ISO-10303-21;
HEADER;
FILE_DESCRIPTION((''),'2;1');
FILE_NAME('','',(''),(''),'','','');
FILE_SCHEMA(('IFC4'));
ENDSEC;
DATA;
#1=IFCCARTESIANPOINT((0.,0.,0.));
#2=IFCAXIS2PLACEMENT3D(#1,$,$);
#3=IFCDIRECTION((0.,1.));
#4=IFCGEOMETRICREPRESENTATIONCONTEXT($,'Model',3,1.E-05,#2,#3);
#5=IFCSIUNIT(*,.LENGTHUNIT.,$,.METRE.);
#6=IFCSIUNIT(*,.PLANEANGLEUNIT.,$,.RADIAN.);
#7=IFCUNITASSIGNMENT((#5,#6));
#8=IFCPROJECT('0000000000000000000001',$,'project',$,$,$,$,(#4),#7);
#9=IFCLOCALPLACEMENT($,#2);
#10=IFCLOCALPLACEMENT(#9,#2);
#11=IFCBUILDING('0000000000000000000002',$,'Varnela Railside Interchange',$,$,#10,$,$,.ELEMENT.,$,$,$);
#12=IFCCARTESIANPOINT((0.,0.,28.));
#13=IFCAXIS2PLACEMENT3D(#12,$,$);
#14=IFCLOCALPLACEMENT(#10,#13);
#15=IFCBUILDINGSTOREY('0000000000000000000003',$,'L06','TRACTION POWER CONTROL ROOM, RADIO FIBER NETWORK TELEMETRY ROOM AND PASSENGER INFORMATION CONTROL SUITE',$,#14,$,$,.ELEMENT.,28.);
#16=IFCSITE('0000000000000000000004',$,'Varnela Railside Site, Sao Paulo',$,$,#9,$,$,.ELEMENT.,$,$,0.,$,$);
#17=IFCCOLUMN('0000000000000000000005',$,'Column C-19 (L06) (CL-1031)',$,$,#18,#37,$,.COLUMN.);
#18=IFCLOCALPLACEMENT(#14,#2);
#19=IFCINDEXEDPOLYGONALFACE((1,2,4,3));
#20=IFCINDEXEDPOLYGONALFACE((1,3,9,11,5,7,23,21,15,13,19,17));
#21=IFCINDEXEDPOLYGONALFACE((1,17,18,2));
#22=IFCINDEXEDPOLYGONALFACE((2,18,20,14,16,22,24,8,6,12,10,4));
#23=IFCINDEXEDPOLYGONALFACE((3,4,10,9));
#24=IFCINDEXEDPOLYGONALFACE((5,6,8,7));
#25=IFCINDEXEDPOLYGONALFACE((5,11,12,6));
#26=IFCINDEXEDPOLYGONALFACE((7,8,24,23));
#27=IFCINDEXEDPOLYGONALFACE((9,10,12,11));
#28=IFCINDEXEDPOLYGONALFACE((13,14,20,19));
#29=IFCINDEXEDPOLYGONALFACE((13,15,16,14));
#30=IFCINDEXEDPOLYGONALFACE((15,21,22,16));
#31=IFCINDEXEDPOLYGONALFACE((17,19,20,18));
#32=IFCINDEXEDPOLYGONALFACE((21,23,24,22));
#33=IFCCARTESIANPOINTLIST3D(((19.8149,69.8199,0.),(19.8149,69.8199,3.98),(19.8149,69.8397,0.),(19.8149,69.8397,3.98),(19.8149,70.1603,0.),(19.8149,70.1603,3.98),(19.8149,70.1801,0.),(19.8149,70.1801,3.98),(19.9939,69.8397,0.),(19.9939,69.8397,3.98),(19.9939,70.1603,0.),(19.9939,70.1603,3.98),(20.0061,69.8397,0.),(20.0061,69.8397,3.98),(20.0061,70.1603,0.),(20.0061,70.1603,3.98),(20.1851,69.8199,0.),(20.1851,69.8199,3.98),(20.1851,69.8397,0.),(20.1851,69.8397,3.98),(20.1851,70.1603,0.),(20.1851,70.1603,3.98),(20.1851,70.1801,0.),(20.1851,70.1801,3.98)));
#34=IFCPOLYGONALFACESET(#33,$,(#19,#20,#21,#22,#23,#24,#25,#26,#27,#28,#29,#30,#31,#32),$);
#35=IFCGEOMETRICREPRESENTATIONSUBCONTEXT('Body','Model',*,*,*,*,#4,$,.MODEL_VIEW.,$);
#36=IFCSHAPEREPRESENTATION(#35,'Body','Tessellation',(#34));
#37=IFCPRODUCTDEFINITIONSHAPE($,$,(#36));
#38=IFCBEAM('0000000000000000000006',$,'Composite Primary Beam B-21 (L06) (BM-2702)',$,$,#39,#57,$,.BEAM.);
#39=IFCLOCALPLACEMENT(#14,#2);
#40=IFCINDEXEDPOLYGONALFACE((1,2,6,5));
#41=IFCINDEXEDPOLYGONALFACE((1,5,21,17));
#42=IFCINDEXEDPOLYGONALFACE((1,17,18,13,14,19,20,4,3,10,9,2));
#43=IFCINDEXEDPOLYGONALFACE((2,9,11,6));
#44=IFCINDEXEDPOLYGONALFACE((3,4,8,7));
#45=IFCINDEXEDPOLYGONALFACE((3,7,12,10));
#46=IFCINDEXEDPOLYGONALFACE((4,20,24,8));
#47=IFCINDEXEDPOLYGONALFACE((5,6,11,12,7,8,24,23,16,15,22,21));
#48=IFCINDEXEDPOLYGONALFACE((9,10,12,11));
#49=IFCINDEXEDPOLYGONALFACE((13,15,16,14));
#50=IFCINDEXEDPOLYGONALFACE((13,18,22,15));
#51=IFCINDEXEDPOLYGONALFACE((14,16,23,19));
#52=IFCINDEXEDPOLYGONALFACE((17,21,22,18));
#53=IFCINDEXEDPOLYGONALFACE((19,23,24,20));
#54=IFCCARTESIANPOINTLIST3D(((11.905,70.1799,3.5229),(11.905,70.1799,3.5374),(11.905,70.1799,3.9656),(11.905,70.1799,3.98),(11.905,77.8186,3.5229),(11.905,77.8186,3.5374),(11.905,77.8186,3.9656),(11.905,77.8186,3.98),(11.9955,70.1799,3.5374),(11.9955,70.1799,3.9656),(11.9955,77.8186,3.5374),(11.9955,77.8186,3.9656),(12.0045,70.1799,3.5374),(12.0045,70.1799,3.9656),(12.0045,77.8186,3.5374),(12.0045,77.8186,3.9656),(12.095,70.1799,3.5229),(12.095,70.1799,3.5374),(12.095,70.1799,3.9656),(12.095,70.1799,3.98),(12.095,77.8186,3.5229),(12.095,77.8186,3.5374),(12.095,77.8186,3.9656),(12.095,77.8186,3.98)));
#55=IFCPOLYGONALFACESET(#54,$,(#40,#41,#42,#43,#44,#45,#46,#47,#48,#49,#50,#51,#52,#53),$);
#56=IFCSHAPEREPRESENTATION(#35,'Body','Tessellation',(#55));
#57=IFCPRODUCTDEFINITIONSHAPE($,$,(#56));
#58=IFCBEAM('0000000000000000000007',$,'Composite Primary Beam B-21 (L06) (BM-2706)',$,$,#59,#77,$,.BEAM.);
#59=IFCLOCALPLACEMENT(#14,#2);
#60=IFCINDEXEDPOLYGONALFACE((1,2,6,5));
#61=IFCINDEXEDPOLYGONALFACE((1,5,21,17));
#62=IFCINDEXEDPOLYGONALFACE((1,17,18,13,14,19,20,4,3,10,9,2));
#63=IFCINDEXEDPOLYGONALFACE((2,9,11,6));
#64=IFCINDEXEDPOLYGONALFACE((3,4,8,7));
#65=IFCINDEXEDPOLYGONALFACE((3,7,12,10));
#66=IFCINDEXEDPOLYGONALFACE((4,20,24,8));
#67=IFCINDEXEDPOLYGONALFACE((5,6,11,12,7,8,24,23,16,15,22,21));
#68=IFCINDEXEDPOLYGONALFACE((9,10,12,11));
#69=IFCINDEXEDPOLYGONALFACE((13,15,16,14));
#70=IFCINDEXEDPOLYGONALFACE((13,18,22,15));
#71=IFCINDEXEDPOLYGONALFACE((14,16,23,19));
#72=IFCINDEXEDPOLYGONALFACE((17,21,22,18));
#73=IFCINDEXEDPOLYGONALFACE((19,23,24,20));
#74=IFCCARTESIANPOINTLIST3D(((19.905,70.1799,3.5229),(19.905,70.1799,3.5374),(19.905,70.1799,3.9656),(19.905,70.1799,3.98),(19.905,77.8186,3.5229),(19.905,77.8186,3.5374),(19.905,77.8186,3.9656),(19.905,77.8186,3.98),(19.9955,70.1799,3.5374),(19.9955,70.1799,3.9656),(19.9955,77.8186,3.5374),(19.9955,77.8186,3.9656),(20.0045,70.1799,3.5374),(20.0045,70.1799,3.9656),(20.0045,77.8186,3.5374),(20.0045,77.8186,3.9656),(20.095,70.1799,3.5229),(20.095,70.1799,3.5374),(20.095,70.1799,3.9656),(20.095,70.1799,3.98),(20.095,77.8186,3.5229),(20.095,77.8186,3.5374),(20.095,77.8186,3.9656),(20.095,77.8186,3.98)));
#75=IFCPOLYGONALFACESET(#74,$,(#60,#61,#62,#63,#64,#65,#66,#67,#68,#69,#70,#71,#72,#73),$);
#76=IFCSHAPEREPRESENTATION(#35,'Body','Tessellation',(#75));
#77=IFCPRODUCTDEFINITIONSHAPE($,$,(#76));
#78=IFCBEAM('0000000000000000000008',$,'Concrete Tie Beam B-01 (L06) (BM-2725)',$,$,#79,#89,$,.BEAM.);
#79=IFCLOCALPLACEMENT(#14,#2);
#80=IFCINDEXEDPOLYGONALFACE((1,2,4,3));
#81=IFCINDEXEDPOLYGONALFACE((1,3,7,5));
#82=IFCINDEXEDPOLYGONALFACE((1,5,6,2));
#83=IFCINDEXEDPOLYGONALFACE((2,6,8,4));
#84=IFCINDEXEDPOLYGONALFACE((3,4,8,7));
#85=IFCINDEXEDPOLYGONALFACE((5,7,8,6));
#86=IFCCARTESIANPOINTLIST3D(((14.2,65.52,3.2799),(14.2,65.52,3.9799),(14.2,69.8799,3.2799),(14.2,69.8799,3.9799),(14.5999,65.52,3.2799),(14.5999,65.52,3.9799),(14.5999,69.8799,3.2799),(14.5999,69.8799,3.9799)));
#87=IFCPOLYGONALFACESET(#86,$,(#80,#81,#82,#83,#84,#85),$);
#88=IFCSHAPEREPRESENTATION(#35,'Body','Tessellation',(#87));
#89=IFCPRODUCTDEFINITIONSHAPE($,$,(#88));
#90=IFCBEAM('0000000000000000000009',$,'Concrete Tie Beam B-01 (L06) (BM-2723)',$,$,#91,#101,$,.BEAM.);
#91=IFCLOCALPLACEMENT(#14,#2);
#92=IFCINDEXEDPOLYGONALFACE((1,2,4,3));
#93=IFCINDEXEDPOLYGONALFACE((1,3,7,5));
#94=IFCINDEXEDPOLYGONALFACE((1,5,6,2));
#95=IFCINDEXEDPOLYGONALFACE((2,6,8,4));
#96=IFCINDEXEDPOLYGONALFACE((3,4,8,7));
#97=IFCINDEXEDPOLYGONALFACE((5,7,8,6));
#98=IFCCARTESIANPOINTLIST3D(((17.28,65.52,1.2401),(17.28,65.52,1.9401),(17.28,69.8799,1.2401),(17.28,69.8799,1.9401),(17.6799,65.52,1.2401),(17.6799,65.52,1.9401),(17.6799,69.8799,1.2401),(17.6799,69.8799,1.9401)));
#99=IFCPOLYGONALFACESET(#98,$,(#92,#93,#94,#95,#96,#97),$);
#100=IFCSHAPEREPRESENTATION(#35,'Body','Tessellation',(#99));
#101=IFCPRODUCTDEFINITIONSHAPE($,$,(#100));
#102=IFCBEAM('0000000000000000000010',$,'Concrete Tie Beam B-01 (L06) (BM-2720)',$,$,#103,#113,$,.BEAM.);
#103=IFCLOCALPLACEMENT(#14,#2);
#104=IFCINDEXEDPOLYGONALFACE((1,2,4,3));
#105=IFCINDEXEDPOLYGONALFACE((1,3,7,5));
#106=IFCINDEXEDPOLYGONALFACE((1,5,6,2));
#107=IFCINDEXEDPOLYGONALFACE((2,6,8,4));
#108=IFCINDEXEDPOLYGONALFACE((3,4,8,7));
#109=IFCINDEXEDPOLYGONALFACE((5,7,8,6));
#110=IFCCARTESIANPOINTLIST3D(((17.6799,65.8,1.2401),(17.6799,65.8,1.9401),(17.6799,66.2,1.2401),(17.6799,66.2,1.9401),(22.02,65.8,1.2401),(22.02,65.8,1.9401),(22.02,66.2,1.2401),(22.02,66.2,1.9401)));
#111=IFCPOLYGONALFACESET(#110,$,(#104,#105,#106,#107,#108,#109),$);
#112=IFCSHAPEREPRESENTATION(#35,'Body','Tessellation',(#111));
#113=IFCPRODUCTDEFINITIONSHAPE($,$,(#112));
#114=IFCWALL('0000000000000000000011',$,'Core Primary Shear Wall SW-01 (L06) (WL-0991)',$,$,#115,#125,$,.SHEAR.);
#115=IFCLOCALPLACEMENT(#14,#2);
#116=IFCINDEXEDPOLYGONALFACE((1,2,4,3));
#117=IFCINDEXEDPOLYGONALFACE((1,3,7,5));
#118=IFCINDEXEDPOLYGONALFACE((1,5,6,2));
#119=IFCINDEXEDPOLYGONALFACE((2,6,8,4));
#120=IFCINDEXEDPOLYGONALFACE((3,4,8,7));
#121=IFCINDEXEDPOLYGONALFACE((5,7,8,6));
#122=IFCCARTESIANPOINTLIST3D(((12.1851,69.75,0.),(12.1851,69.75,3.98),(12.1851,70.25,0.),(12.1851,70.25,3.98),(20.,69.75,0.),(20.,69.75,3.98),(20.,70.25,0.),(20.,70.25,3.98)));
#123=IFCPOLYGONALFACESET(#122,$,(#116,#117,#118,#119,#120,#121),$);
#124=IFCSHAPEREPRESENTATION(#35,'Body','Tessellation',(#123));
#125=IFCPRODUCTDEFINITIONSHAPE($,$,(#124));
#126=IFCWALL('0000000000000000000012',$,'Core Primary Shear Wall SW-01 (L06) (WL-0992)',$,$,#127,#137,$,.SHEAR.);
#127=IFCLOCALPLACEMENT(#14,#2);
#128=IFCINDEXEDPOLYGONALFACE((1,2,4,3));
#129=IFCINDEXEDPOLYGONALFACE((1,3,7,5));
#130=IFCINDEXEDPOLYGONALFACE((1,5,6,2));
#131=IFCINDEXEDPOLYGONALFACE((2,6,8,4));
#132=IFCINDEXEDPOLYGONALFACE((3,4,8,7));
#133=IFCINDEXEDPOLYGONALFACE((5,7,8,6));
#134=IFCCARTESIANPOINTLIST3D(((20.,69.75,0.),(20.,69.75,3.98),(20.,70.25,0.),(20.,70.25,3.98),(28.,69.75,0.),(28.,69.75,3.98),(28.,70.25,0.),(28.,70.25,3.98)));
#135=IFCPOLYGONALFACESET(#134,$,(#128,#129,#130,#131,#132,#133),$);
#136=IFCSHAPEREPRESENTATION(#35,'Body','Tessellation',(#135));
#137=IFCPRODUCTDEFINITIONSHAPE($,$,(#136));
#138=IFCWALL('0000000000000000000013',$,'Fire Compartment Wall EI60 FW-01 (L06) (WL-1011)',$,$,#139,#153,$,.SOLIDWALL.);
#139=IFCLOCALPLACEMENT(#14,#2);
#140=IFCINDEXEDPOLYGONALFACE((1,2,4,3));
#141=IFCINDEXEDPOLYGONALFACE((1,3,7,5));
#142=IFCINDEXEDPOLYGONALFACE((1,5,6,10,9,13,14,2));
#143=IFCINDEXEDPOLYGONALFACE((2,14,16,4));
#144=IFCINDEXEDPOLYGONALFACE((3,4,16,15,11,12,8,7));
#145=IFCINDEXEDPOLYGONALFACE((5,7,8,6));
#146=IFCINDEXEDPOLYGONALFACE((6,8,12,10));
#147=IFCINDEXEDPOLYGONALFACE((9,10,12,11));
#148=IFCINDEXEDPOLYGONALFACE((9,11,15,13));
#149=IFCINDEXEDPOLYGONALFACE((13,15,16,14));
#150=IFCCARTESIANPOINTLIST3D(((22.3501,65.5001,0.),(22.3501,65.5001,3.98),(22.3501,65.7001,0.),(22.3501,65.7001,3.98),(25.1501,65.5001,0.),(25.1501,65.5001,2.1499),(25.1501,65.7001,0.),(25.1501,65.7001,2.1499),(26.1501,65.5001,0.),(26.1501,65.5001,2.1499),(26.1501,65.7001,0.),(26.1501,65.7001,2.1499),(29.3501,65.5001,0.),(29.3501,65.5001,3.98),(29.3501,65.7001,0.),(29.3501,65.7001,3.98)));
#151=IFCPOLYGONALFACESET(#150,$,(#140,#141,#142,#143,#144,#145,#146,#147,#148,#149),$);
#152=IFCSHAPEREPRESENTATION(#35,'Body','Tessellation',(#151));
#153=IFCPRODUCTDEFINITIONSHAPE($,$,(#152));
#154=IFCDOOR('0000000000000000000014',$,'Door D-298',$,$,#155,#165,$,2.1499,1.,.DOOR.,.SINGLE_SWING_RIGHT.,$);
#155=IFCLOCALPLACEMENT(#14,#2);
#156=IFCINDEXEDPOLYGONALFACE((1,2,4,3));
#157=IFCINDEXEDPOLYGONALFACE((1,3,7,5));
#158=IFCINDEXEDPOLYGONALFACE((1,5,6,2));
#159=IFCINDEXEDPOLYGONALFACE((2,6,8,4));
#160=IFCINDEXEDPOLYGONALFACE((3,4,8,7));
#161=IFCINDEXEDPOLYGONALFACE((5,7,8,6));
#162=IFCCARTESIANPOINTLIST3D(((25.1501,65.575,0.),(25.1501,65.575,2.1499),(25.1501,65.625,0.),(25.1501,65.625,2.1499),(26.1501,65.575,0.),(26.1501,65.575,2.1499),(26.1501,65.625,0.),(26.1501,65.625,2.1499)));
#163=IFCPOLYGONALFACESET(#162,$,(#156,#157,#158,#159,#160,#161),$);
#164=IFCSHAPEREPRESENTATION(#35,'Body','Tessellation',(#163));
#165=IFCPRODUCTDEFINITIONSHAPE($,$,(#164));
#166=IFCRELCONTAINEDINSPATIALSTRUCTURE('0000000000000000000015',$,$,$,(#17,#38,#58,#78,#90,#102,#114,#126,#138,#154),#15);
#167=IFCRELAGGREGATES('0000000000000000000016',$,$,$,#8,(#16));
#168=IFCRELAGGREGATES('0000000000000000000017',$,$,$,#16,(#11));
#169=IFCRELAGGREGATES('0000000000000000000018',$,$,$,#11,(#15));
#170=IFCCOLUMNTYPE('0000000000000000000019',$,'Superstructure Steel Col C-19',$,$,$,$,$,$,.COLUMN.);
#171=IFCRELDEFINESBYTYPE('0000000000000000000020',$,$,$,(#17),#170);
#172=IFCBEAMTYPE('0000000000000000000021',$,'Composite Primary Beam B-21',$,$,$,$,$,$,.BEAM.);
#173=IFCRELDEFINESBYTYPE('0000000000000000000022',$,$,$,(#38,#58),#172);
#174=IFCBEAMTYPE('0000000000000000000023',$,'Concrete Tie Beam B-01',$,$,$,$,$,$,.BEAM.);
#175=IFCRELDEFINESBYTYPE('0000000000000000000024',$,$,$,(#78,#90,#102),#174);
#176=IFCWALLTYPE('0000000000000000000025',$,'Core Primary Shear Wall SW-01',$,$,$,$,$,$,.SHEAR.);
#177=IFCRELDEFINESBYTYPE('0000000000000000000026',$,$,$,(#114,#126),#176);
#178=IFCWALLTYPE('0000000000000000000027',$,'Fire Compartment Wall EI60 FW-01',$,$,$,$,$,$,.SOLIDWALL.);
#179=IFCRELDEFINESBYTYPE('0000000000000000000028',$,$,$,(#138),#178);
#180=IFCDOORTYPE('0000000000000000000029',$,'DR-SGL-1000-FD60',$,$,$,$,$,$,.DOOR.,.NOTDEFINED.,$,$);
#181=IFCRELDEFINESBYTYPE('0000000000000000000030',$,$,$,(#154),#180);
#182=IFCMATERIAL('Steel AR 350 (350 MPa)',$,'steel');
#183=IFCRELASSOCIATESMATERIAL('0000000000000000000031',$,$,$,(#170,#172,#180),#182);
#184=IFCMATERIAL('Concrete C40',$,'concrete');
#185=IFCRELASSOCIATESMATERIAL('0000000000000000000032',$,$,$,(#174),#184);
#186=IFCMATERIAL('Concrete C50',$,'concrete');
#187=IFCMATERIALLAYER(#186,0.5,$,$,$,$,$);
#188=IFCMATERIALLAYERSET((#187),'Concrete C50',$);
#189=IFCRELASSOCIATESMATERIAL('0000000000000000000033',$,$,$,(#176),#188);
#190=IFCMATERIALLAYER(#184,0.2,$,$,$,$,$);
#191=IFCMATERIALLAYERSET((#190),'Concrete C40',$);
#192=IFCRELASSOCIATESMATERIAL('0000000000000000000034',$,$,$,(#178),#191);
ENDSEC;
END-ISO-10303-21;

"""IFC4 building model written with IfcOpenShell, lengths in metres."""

from ifc_helpers import new_model, si_unit, direction, frame, frame_2d, origin, origin_2d, place, context, subcontext, project, spatial, rectangle, i_section, extrude, material, layer, layer_set, material_profile, profile_set, type_object, element, fill, save


model = new_model("IFC4")

# Units and contexts
model_context = context("Model", 3, precision=1e-05, world=origin(), true_north=direction((0.0, 1.0)))
body_context = subcontext(model_context, "Body", "Model", "MODEL_VIEW")
ifc_project = project(units=[si_unit("LENGTHUNIT", "METRE"), si_unit("PLANEANGLEUNIT", "RADIAN")], contexts=[model_context])

# Site, building, storey
site_placement = place(None, origin())
site = spatial("IfcSite", under=ifc_project, at=site_placement, Name="Varnela Railside Site, Sao Paulo", CompositionType="ELEMENT", RefElevation=0.0)
building_placement = place(site_placement, origin())
building = spatial("IfcBuilding", under=site, at=building_placement, Name="Varnela Railside Interchange", CompositionType="ELEMENT")
storey_placement = place(building_placement, frame((0.0, 0.0, 28.0)))
storey = spatial("IfcBuildingStorey", under=building, at=storey_placement, Name="L06", Description="TRACTION POWER CONTROL ROOM, RADIO FIBER NETWORK TELEMETRY ROOM AND PASSENGER INFORMATION CONTROL SUITE", CompositionType="ELEMENT", Elevation=28.0)

# Column
ifc_material_1 = material(Name="Steel AR 350 (350 MPa)", Category="steel")
ifc_material_profile_1 = material_profile(ifc_material_1, i_section(OverallWidth=0.3701, OverallDepth=0.3601, WebThickness=0.0122, FlangeThickness=0.0198, at=origin_2d()), Name="W360x147")
ifc_profile_set_1 = profile_set([ifc_material_profile_1], Name="Steel AR 350 (350 MPa)")
column_type = type_object("IfcColumnType", Name="Superstructure Steel Col C-19", PredefinedType="COLUMN", material=ifc_profile_set_1)
column_placement = place(storey_placement, frame((20.0, 70.0, 0.0), z_axis=(0.0, 0.0, 1.0), x_axis=(1.0, 0.0, 0.0)))
element("IfcColumn", 1, at=column_placement, inside=storey, type_object=column_type, Name="Column C-19 (L06) (CL-1031)", PredefinedType="COLUMN", context=body_context, shape_type="SweptSolid", body=[
    extrude(i_section(OverallWidth=0.3701, OverallDepth=0.3601, WebThickness=0.0122, FlangeThickness=0.0198, at=origin_2d()), origin(), (0.0, 0.0, 1.0), 3.98),
])

# Beams
ifc_material_profile_2 = material_profile(ifc_material_1, i_section(OverallWidth=0.1899, OverallDepth=0.457, WebThickness=0.009, FlangeThickness=0.0144, at=origin_2d()), Name="W460x74")
ifc_profile_set_2 = profile_set([ifc_material_profile_2], Name="Steel AR 350 (350 MPa)")
beam_type_1 = type_object("IfcBeamType", Name="Composite Primary Beam B-21", PredefinedType="BEAM", material=ifc_profile_set_2)
for number, where, z_axis, x_axis, name in (
    (2, (12.0, 70.1799, 3.7515), (0.0, 1.0, 0.0), (-1.0, 0.0, 0.0), "Composite Primary Beam B-21 (L06) (BM-2702)"),
    (3, (20.0, 70.1799, 3.7515), (0.0, 1.0, 0.0), (-1.0, 0.0, 0.0), "Composite Primary Beam B-21 (L06) (BM-2706)"),
):
    element("IfcBeam", number, at=place(storey_placement, frame(where, z_axis=z_axis, x_axis=x_axis)), inside=storey, type_object=beam_type_1, Name=name, PredefinedType="BEAM", context=body_context, shape_type="SweptSolid", body=[
        extrude(i_section(OverallWidth=0.1899, OverallDepth=0.457, WebThickness=0.009, FlangeThickness=0.0144, at=origin_2d()), origin(), (0.0, 0.0, 1.0), 7.6387),
    ])
ifc_material_2 = material(Name="Concrete C40", Category="concrete")
ifc_material_profile_3 = material_profile(ifc_material_2, rectangle(XDim=0.3999, YDim=0.7, at=origin_2d()), Name="RC 400x700")
ifc_profile_set_3 = profile_set([ifc_material_profile_3], Name="Concrete C40")
beam_type_2 = type_object("IfcBeamType", Name="Concrete Tie Beam B-01", PredefinedType="BEAM", material=ifc_profile_set_3)
for number, where, z_axis, x_axis, name in (
    (4, (14.3999, 65.52, 3.6299), (0.0, 1.0, 0.0), (-1.0, 0.0, 0.0), "Concrete Tie Beam B-01 (L06) (BM-2725)"),
    (5, (17.48, 65.52, 1.5901), (0.0, 1.0, 0.0), (-1.0, 0.0, 0.0), "Concrete Tie Beam B-01 (L06) (BM-2723)"),
):
    element("IfcBeam", number, at=place(storey_placement, frame(where, z_axis=z_axis, x_axis=x_axis)), inside=storey, type_object=beam_type_2, Name=name, PredefinedType="BEAM", context=body_context, shape_type="SweptSolid", body=[
        extrude(rectangle(XDim=0.3999, YDim=0.7, at=origin_2d()), origin(), (0.0, 0.0, 1.0), 4.3599),
    ])
beam_placement = place(storey_placement, frame((17.6799, 66.0, 1.5901), z_axis=(1.0, 0.0, 0.0), x_axis=(0.0, 1.0, 0.0)))
element("IfcBeam", 6, at=beam_placement, inside=storey, type_object=beam_type_2, Name="Concrete Tie Beam B-01 (L06) (BM-2720)", PredefinedType="BEAM", context=body_context, shape_type="SweptSolid", body=[
    extrude(rectangle(XDim=0.3999, YDim=0.7, at=origin_2d()), origin(), (0.0, 0.0, 1.0), 4.3401),
])

# Walls
ifc_material_3 = material(Name="Concrete C50", Category="concrete")
ifc_layer_1 = layer(ifc_material_3, 0.5)
ifc_layer_set_1 = layer_set([ifc_layer_1], Name="Concrete C50")
wall_type_1 = type_object("IfcWallType", Name="Core Primary Shear Wall SW-01", PredefinedType="SHEAR", material=ifc_layer_set_1)
wall_1_placement = place(storey_placement, frame((12.1851, 70.0, 0.0), z_axis=(0.0, 0.0, 1.0), x_axis=(1.0, 0.0, 0.0)))
element("IfcWall", 7, at=wall_1_placement, inside=storey, type_object=wall_type_1, Name="Core Primary Shear Wall SW-01 (L06) (WL-0991)", PredefinedType="SHEAR", context=body_context, shape_type="SweptSolid", body=[
    extrude(rectangle(XDim=7.8149, YDim=0.5, at=frame_2d((3.9075, 0.0))), origin(), (0.0, 0.0, 1.0), 3.98),
])
wall_2_placement = place(storey_placement, frame((20.0, 70.0, 0.0), z_axis=(0.0, 0.0, 1.0), x_axis=(1.0, 0.0, 0.0)))
element("IfcWall", 8, at=wall_2_placement, inside=storey, type_object=wall_type_1, Name="Core Primary Shear Wall SW-01 (L06) (WL-0992)", PredefinedType="SHEAR", context=body_context, shape_type="SweptSolid", body=[
    extrude(rectangle(XDim=8.0, YDim=0.5, at=frame_2d((4.0, 0.0))), origin(), (0.0, 0.0, 1.0), 3.98),
])

# Wall, opening, door
ifc_layer_2 = layer(ifc_material_2, 0.2)
ifc_layer_set_2 = layer_set([ifc_layer_2], Name="Concrete C40")
wall_type_2 = type_object("IfcWallType", Name="Fire Compartment Wall EI60 FW-01", PredefinedType="SOLIDWALL", material=ifc_layer_set_2)
wall_3_placement = place(storey_placement, frame((22.3501, 65.6001, 0.0), z_axis=(0.0, 0.0, 1.0), x_axis=(1.0, 0.0, 0.0)))
wall_3 = element("IfcWall", 9, at=wall_3_placement, inside=storey, type_object=wall_type_2, Name="Fire Compartment Wall EI60 FW-01 (L06) (WL-1011)", PredefinedType="SOLIDWALL", context=body_context, shape_type="SweptSolid", body=[
    extrude(rectangle(XDim=7.0, YDim=0.2, at=frame_2d((3.5, 0.0))), origin(), (0.0, 0.0, 1.0), 3.98),
])
opening_1_placement = place(wall_3_placement, frame((2.8, 0.0, 0.0)))
opening_1 = element("IfcOpeningElement", 10, at=opening_1_placement, cuts=wall_3, PredefinedType="OPENING", context=body_context, shape_type="SweptSolid", body=[
    extrude(rectangle(XDim=1.0, YDim=2.1499, at=frame_2d((0.5, 1.075))), frame((0.0, 0.1099, 0.0), z_axis=(0.0, -1.0, 0.0), x_axis=(1.0, 0.0, 0.0)), (0.0, 0.0, 1.0), 0.22),
])
door_type_1 = type_object("IfcDoorType", Name="DR-SGL-1000-FD60", OperationType="NOTDEFINED", PredefinedType="DOOR", material=ifc_material_1)
door_1_placement = place(opening_1_placement, origin())
door_1 = element("IfcDoor", 11, at=door_1_placement, inside=storey, type_object=door_type_1, Name="Door D-298", OperationType="SINGLE_SWING_RIGHT", OverallHeight=2.1499, OverallWidth=1.0, PredefinedType="DOOR", context=body_context, shape_type="SweptSolid", body=[
    extrude(rectangle(XDim=1.0, YDim=2.1499, at=frame_2d((0.5, 1.075))), frame((0.0, 0.0249, 0.0), z_axis=(0.0, -1.0, 0.0), x_axis=(1.0, 0.0, 0.0)), (0.0, 0.0, 1.0), 0.05),
])
fill(opening_1, door_1)

save(model, "model.ifc")
